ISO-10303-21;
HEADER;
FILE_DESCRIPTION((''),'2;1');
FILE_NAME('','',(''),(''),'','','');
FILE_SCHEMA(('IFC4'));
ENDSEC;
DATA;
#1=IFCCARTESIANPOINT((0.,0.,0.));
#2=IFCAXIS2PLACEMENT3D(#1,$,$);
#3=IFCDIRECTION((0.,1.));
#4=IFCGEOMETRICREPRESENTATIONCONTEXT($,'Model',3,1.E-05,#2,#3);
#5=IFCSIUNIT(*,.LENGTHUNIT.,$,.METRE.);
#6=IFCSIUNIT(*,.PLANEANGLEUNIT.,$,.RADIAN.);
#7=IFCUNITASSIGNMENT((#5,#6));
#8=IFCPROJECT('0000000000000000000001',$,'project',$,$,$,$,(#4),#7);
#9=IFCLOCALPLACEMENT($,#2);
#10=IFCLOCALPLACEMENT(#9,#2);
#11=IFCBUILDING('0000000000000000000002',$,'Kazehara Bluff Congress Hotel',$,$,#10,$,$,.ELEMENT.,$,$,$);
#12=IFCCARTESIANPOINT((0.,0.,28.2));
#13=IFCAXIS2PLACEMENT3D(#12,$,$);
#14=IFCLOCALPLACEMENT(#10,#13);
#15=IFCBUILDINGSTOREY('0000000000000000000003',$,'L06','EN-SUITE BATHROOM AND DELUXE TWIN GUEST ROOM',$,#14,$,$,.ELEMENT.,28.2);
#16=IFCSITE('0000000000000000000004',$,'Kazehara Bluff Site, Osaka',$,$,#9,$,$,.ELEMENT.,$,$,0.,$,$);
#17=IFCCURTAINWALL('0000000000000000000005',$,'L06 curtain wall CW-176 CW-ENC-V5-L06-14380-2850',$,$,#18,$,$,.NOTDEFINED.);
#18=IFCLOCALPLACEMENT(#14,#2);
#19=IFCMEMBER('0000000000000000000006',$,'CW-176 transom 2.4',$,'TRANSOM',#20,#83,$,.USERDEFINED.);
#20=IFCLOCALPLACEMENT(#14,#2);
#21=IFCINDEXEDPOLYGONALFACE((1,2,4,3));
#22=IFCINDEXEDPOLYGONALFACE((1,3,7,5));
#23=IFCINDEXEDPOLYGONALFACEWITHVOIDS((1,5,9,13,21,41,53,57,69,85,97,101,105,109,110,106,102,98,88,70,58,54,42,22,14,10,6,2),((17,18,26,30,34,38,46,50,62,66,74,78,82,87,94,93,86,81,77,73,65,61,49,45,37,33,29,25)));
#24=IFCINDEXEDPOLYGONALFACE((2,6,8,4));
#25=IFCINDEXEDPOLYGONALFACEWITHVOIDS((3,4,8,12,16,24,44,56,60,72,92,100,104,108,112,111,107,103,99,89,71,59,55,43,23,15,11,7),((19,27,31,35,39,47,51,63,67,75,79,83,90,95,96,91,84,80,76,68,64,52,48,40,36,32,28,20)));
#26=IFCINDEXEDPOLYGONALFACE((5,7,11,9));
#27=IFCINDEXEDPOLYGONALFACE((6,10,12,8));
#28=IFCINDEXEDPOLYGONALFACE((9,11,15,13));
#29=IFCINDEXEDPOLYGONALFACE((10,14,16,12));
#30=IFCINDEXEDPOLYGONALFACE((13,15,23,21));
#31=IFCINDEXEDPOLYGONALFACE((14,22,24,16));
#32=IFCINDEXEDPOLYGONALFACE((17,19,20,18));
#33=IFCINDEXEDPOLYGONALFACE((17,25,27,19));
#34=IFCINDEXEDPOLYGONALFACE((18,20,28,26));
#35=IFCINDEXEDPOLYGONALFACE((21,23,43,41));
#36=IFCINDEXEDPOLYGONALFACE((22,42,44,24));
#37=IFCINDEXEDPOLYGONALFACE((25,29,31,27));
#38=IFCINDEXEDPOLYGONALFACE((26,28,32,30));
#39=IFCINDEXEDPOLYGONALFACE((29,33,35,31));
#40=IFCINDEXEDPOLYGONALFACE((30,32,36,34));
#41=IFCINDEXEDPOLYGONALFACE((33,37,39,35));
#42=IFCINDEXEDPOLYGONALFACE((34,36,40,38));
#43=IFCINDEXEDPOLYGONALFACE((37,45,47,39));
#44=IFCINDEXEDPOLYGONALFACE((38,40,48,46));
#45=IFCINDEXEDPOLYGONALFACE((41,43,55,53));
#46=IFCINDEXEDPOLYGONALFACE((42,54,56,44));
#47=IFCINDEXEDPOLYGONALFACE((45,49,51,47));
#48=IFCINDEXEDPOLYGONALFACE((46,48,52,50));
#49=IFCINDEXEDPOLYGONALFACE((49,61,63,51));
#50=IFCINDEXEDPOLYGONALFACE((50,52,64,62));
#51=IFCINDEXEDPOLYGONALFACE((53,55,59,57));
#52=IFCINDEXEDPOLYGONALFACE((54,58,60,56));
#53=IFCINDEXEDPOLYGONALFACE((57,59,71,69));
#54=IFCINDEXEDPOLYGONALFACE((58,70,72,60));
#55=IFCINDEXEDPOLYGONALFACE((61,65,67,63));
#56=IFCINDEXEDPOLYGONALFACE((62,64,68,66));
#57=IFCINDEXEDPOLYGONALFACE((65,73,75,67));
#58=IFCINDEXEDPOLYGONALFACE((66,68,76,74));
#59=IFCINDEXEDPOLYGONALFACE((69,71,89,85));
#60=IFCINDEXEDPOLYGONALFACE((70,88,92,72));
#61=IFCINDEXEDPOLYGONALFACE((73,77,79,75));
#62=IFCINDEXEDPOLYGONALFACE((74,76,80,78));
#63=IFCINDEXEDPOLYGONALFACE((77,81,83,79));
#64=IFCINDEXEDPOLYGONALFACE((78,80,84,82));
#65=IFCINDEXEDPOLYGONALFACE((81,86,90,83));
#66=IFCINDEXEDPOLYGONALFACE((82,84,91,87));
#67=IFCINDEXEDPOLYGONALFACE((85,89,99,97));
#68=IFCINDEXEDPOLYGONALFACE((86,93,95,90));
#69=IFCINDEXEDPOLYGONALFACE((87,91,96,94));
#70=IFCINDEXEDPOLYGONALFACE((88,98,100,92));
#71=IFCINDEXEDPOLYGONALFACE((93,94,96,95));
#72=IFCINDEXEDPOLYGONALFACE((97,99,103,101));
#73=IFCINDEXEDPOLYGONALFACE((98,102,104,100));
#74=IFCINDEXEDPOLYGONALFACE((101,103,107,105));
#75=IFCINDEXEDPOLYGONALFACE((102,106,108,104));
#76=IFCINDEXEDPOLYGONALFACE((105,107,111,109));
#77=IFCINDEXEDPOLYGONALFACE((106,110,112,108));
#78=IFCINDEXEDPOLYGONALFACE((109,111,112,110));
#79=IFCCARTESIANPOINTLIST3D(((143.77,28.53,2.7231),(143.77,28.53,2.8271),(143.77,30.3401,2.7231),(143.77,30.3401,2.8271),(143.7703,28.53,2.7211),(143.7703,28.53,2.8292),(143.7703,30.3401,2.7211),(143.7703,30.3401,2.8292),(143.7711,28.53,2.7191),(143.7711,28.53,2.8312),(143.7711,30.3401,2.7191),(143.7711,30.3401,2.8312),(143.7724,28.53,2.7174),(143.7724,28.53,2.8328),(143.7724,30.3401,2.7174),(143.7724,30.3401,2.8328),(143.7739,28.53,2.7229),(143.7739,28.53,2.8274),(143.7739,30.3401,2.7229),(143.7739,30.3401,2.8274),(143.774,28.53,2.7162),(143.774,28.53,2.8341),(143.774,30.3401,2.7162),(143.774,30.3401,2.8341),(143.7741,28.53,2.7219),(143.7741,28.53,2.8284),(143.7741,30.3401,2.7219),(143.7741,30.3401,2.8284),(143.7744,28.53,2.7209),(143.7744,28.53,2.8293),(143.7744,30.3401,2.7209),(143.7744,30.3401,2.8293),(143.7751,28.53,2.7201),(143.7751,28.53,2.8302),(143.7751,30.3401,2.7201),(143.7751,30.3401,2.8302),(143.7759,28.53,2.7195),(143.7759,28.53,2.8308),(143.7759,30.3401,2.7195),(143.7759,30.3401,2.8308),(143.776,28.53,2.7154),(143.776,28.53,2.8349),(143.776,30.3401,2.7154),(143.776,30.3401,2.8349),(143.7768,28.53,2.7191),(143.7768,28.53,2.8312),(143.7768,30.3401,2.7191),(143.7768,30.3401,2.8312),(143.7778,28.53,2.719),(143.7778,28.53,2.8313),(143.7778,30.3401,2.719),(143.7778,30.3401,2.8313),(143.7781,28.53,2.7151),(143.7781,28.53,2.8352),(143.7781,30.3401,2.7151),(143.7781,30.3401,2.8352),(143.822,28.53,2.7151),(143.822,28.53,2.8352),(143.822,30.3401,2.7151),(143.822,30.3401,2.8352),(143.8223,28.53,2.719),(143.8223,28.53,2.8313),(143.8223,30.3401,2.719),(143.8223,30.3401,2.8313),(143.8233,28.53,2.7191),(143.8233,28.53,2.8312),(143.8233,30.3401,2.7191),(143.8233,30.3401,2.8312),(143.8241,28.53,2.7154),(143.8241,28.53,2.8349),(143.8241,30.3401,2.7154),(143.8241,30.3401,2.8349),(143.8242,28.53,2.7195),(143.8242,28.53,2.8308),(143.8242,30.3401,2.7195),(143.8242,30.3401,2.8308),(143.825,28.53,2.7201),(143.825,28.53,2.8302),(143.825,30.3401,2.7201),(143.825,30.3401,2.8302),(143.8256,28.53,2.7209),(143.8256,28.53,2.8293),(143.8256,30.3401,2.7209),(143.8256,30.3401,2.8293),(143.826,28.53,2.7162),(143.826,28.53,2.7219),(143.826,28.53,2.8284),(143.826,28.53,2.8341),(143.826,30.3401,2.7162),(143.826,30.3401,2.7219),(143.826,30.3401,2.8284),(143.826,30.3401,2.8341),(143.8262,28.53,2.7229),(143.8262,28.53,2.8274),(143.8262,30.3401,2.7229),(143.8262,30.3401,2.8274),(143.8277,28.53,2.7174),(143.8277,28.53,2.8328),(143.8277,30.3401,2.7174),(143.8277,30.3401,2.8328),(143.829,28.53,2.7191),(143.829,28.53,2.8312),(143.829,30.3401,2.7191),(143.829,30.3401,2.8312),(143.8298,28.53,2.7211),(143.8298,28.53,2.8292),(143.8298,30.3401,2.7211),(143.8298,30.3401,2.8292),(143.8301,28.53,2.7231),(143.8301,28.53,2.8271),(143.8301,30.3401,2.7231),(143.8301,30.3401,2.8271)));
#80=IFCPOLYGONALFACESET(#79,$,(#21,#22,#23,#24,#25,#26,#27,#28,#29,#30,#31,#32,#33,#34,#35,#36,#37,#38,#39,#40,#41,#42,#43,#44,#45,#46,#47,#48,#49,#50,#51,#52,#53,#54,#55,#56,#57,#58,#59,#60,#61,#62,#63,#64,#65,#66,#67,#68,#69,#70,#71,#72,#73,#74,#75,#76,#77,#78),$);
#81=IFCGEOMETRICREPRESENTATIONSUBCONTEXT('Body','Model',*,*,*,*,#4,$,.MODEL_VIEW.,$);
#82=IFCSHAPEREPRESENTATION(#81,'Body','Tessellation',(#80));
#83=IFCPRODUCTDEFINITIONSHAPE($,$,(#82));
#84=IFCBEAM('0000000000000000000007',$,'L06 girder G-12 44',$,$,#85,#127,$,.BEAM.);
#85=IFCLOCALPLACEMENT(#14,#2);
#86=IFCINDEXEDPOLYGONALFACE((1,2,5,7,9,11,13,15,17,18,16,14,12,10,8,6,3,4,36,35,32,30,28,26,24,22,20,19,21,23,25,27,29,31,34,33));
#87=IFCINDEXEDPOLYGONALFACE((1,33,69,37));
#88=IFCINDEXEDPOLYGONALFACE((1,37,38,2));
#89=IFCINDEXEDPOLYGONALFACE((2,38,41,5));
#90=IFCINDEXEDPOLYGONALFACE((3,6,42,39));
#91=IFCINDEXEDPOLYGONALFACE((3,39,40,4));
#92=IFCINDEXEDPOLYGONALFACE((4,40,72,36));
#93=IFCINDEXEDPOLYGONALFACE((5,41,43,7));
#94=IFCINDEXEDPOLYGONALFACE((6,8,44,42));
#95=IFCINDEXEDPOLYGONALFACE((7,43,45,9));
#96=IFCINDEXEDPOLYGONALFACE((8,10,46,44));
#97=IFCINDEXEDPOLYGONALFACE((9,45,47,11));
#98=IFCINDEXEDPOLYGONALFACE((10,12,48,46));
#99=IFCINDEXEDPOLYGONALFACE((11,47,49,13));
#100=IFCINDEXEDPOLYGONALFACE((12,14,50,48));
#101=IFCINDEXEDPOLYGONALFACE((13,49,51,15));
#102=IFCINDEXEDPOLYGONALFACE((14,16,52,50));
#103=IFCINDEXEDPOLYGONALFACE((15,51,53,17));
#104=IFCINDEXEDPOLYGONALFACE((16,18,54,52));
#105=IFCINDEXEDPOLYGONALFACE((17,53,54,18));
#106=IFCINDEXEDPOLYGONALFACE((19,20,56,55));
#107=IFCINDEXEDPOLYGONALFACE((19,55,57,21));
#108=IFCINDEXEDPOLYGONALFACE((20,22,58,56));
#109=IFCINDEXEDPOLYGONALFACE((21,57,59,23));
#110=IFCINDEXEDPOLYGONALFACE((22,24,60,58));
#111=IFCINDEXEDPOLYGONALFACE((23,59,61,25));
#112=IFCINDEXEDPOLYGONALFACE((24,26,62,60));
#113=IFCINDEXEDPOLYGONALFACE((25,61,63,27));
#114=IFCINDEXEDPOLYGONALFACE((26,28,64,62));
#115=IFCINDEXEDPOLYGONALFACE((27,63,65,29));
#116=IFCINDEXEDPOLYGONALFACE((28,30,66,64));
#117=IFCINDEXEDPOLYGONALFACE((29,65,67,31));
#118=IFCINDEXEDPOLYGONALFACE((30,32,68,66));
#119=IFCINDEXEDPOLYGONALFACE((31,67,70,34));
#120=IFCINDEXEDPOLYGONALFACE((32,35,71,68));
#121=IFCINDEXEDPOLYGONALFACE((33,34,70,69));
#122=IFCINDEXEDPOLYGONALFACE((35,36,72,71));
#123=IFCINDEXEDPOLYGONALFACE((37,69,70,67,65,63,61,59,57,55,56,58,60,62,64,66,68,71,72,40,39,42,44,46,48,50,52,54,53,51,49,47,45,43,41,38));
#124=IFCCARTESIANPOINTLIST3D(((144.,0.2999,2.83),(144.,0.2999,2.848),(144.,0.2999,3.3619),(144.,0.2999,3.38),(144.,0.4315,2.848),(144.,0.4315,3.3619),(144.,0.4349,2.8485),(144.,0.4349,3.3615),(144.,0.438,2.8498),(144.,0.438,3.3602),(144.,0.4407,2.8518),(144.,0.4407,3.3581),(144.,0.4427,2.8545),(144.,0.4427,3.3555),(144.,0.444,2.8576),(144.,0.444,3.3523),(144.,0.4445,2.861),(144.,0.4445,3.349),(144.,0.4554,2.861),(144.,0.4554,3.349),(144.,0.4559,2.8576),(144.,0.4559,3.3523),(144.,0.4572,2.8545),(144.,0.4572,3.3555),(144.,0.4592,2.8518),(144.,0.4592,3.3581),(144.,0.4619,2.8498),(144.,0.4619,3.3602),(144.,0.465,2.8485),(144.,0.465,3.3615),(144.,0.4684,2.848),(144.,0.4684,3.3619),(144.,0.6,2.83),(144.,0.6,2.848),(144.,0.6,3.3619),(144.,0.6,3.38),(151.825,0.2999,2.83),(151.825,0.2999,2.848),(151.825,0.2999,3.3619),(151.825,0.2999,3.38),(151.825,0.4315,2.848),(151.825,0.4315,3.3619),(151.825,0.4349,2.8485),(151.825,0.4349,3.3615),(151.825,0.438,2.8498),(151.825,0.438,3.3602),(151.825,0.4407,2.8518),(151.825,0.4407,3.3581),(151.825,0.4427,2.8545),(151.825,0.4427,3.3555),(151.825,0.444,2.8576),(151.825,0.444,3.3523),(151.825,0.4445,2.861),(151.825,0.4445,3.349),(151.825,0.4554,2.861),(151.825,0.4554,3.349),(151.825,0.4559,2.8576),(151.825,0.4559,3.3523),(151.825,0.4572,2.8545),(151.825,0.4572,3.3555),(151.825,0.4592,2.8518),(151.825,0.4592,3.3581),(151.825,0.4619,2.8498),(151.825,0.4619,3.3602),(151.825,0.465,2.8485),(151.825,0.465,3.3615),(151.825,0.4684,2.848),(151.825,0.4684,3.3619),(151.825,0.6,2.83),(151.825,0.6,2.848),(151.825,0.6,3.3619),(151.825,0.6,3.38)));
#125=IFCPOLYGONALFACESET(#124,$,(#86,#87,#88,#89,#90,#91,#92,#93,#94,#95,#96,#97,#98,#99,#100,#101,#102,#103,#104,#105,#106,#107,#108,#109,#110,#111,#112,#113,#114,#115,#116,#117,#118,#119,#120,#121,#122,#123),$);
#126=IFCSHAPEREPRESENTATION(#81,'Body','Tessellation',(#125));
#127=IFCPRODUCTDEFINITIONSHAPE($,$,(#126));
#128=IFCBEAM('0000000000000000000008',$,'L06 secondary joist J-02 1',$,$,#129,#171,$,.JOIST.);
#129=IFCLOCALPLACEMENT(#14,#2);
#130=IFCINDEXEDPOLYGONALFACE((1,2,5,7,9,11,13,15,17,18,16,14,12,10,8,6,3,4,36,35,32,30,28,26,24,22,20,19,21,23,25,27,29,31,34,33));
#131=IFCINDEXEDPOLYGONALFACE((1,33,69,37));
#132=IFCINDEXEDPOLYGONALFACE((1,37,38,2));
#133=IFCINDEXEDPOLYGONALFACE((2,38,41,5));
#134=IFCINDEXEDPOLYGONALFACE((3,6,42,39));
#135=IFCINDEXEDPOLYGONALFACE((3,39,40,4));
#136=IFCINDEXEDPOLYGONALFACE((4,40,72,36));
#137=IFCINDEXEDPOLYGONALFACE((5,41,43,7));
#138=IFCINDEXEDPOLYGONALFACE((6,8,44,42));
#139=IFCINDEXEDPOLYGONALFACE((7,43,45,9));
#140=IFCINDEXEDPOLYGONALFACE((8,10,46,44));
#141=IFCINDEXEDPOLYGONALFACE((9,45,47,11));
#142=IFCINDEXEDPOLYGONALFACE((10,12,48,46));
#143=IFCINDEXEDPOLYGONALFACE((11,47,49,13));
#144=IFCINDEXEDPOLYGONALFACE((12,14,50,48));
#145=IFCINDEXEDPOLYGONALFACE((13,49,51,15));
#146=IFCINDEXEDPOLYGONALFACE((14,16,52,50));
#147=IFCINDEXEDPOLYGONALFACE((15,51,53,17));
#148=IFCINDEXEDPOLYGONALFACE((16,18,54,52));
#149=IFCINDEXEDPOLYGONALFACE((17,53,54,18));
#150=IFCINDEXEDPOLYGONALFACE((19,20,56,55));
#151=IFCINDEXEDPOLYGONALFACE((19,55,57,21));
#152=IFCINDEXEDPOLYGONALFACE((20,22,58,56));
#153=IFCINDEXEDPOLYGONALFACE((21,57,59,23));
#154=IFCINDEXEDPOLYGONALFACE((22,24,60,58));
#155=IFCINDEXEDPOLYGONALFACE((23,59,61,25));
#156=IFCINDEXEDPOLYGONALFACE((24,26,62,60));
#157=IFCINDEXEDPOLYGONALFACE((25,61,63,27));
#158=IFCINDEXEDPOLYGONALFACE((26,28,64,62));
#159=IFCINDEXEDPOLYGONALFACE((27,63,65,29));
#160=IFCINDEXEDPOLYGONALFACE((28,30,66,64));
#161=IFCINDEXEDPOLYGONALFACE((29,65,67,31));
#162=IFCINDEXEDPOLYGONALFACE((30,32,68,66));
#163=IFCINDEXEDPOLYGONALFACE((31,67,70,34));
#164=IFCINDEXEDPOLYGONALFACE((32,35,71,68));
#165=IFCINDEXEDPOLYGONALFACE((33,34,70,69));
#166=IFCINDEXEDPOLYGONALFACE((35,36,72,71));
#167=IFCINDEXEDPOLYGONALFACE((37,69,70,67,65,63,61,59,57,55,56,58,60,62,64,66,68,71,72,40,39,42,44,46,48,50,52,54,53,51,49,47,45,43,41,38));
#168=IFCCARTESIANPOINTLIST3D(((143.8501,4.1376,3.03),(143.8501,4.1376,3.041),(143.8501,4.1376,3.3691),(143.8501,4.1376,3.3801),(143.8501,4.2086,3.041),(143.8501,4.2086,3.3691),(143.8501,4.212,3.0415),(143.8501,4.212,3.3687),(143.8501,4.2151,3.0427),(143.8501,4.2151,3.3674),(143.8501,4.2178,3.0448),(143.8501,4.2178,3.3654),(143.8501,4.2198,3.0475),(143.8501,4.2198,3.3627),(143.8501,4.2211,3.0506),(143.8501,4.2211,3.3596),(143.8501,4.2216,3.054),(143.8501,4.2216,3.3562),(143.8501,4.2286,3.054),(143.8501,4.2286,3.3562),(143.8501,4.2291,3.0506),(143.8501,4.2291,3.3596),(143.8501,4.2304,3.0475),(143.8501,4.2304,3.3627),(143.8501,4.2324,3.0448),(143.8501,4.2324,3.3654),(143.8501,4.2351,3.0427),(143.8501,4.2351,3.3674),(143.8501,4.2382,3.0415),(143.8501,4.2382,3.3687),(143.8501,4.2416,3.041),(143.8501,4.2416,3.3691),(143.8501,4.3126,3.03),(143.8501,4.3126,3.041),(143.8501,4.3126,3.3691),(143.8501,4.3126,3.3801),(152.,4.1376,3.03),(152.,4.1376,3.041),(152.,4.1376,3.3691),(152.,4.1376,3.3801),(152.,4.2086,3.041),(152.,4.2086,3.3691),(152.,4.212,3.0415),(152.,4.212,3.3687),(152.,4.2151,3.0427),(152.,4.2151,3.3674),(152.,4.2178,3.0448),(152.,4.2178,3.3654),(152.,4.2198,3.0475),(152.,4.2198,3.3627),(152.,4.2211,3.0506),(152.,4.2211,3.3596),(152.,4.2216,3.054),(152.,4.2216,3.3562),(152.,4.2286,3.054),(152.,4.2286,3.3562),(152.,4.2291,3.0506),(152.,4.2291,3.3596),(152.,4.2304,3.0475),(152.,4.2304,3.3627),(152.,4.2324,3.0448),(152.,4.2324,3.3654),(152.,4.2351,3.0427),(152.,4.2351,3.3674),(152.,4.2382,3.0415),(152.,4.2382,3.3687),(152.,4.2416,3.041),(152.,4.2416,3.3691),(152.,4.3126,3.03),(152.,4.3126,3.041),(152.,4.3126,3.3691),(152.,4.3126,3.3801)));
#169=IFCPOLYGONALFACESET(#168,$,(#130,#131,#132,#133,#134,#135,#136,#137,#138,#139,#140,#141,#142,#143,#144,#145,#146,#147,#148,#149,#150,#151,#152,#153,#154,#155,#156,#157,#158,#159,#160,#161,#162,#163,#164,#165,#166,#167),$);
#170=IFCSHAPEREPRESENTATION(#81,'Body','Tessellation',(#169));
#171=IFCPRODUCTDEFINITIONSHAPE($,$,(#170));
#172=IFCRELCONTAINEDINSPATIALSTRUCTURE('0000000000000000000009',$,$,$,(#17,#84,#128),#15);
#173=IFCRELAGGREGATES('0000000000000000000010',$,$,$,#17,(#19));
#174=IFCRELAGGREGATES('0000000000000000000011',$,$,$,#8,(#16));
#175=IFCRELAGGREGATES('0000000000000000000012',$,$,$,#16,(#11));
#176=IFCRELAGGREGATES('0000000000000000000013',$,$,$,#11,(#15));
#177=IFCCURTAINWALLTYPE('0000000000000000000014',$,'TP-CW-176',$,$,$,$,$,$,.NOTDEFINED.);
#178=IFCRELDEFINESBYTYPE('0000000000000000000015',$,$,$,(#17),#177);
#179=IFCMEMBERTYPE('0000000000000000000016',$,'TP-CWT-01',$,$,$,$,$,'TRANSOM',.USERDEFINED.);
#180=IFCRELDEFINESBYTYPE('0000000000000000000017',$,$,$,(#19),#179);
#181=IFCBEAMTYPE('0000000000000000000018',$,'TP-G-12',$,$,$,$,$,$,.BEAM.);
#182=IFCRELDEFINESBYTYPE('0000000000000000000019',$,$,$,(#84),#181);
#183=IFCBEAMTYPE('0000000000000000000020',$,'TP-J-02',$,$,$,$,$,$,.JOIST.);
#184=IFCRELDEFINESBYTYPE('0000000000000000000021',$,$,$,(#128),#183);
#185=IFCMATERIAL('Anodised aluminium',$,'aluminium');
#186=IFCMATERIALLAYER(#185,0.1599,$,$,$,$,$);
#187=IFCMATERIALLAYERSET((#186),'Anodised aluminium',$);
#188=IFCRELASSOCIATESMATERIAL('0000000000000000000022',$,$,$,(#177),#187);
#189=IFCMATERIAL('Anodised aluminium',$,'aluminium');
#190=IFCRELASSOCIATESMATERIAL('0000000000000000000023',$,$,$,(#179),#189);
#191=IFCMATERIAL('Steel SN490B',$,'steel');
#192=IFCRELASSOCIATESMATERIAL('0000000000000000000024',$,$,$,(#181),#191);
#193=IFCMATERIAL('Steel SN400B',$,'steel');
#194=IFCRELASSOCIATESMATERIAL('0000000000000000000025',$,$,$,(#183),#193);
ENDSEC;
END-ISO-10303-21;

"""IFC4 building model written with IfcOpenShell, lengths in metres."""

from ifc_helpers import new_model, si_unit, direction, frame, origin, origin_2d, place, context, subcontext, project, spatial, hollow_rectangle, i_section, extrude, material, layer, layer_set, material_profile, profile_set, type_object, element, aggregate, save


model = new_model("IFC4")

# Units and contexts
model_context = context("Model", 3, precision=1e-05, world=origin(), true_north=direction((0.0, 1.0)))
body_context = subcontext(model_context, "Body", "Model", "MODEL_VIEW")
ifc_project = project(units=[si_unit("LENGTHUNIT", "METRE"), si_unit("PLANEANGLEUNIT", "RADIAN")], contexts=[model_context])

# Site, building, storey
site_placement = place(None, origin())
site = spatial("IfcSite", under=ifc_project, at=site_placement, Name="Kazehara Bluff Site, Osaka", CompositionType="ELEMENT", RefElevation=0.0)
building_placement = place(site_placement, origin())
building = spatial("IfcBuilding", under=site, at=building_placement, Name="Kazehara Bluff Congress Hotel", CompositionType="ELEMENT")
storey_placement = place(building_placement, frame((0.0, 0.0, 28.2)))
storey = spatial("IfcBuildingStorey", under=building, at=storey_placement, Name="L06", Description="EN-SUITE BATHROOM AND DELUXE TWIN GUEST ROOM", CompositionType="ELEMENT", Elevation=28.2)

# Curtain wall
ifc_material_1 = material(Name="Anodised aluminium", Category="aluminium")
ifc_layer_1 = layer(ifc_material_1, 0.1599)
ifc_layer_set_1 = layer_set([ifc_layer_1], Name="Anodised aluminium")
curtain_wall_type_1 = type_object("IfcCurtainWallType", Name="TP-CW-176", PredefinedType="NOTDEFINED", material=ifc_layer_set_1)
curtain_wall_1_placement = place(storey_placement, origin())
curtain_wall_1 = element("IfcCurtainWall", 1, at=curtain_wall_1_placement, inside=storey, type_object=curtain_wall_type_1, Name="L06 curtain wall CW-176 CW-ENC-V5-L06-14380-2850", PredefinedType="NOTDEFINED")

# Member
ifc_material_2 = material(Name="Anodised aluminium", Category="aluminium")
ifc_material_profile_1 = material_profile(ifc_material_2, hollow_rectangle(XDim=0.0601, YDim=0.1201, WallThickness=0.0039, InnerFilletRadius=0.0039, OuterFilletRadius=0.0081, at=origin_2d()))
ifc_profile_set_1 = profile_set([ifc_material_profile_1], Name="Anodised aluminium")
member_type_1 = type_object("IfcMemberType", Name="TP-CWT-01", ElementType="TRANSOM", PredefinedType="USERDEFINED", material=ifc_profile_set_1)
member_1_placement = place(storey_placement, frame((143.8, 28.53, 2.7751), z_axis=(0.0, 1.0, 0.0), x_axis=(-1.0, 0.0, 0.0)))
member_1 = element("IfcMember", 2, at=member_1_placement, type_object=member_type_1, Name="CW-176 transom 2.4", ObjectType="TRANSOM", PredefinedType="USERDEFINED", context=body_context, shape_type="SweptSolid", body=[
    extrude(hollow_rectangle(XDim=0.0601, YDim=0.1201, WallThickness=0.0039, InnerFilletRadius=0.0039, OuterFilletRadius=0.0081, at=origin_2d()), origin(), (0.0, 0.0, 1.0), 1.8101),
])

# Beams
ifc_material_3 = material(Name="Steel SN490B", Category="steel")
ifc_material_profile_2 = material_profile(ifc_material_3, i_section(OverallWidth=0.3, OverallDepth=0.55, WebThickness=0.011, FlangeThickness=0.0181, FilletRadius=0.0129, at=origin_2d()))
ifc_profile_set_2 = profile_set([ifc_material_profile_2], Name="Steel SN490B")
beam_type_1 = type_object("IfcBeamType", Name="TP-G-12", PredefinedType="BEAM", material=ifc_profile_set_2)
beam_placement = place(storey_placement, frame((144.0, 0.45, 3.105), z_axis=(1.0, 0.0, 0.0), x_axis=(0.0, 1.0, 0.0)))
element("IfcBeam", 3, at=beam_placement, inside=storey, type_object=beam_type_1, Name="L06 girder G-12 44", PredefinedType="BEAM", context=body_context, shape_type="SweptSolid", body=[
    extrude(i_section(OverallWidth=0.3, OverallDepth=0.55, WebThickness=0.011, FlangeThickness=0.0181, FilletRadius=0.0129, at=origin_2d()), origin(), (0.0, 0.0, 1.0), 7.825),
])
ifc_material_4 = material(Name="Steel SN400B", Category="steel")
ifc_material_profile_3 = material_profile(ifc_material_4, i_section(OverallWidth=0.175, OverallDepth=0.3501, WebThickness=0.0071, FlangeThickness=0.011, FilletRadius=0.0129, at=origin_2d()))
ifc_profile_set_3 = profile_set([ifc_material_profile_3], Name="Steel SN400B")
beam_type_2 = type_object("IfcBeamType", Name="TP-J-02", PredefinedType="JOIST", material=ifc_profile_set_3)
for number, where, z_axis, x_axis, name in (
    (4, (143.8501, 4.2251, 3.2051), (1.0, 0.0, 0.0), (0.0, 1.0, 0.0), "L06 secondary joist J-02 1"),
):
    element("IfcBeam", number, at=place(storey_placement, frame(where, z_axis=z_axis, x_axis=x_axis)), inside=storey, type_object=beam_type_2, Name=name, PredefinedType="JOIST", context=body_context, shape_type="SweptSolid", body=[
        extrude(i_section(OverallWidth=0.175, OverallDepth=0.3501, WebThickness=0.0071, FlangeThickness=0.011, FilletRadius=0.0129, at=origin_2d()), origin(), (0.0, 0.0, 1.0), 8.1499),
    ])

aggregate(curtain_wall_1, [member_1])

save(model, "model.ifc")
